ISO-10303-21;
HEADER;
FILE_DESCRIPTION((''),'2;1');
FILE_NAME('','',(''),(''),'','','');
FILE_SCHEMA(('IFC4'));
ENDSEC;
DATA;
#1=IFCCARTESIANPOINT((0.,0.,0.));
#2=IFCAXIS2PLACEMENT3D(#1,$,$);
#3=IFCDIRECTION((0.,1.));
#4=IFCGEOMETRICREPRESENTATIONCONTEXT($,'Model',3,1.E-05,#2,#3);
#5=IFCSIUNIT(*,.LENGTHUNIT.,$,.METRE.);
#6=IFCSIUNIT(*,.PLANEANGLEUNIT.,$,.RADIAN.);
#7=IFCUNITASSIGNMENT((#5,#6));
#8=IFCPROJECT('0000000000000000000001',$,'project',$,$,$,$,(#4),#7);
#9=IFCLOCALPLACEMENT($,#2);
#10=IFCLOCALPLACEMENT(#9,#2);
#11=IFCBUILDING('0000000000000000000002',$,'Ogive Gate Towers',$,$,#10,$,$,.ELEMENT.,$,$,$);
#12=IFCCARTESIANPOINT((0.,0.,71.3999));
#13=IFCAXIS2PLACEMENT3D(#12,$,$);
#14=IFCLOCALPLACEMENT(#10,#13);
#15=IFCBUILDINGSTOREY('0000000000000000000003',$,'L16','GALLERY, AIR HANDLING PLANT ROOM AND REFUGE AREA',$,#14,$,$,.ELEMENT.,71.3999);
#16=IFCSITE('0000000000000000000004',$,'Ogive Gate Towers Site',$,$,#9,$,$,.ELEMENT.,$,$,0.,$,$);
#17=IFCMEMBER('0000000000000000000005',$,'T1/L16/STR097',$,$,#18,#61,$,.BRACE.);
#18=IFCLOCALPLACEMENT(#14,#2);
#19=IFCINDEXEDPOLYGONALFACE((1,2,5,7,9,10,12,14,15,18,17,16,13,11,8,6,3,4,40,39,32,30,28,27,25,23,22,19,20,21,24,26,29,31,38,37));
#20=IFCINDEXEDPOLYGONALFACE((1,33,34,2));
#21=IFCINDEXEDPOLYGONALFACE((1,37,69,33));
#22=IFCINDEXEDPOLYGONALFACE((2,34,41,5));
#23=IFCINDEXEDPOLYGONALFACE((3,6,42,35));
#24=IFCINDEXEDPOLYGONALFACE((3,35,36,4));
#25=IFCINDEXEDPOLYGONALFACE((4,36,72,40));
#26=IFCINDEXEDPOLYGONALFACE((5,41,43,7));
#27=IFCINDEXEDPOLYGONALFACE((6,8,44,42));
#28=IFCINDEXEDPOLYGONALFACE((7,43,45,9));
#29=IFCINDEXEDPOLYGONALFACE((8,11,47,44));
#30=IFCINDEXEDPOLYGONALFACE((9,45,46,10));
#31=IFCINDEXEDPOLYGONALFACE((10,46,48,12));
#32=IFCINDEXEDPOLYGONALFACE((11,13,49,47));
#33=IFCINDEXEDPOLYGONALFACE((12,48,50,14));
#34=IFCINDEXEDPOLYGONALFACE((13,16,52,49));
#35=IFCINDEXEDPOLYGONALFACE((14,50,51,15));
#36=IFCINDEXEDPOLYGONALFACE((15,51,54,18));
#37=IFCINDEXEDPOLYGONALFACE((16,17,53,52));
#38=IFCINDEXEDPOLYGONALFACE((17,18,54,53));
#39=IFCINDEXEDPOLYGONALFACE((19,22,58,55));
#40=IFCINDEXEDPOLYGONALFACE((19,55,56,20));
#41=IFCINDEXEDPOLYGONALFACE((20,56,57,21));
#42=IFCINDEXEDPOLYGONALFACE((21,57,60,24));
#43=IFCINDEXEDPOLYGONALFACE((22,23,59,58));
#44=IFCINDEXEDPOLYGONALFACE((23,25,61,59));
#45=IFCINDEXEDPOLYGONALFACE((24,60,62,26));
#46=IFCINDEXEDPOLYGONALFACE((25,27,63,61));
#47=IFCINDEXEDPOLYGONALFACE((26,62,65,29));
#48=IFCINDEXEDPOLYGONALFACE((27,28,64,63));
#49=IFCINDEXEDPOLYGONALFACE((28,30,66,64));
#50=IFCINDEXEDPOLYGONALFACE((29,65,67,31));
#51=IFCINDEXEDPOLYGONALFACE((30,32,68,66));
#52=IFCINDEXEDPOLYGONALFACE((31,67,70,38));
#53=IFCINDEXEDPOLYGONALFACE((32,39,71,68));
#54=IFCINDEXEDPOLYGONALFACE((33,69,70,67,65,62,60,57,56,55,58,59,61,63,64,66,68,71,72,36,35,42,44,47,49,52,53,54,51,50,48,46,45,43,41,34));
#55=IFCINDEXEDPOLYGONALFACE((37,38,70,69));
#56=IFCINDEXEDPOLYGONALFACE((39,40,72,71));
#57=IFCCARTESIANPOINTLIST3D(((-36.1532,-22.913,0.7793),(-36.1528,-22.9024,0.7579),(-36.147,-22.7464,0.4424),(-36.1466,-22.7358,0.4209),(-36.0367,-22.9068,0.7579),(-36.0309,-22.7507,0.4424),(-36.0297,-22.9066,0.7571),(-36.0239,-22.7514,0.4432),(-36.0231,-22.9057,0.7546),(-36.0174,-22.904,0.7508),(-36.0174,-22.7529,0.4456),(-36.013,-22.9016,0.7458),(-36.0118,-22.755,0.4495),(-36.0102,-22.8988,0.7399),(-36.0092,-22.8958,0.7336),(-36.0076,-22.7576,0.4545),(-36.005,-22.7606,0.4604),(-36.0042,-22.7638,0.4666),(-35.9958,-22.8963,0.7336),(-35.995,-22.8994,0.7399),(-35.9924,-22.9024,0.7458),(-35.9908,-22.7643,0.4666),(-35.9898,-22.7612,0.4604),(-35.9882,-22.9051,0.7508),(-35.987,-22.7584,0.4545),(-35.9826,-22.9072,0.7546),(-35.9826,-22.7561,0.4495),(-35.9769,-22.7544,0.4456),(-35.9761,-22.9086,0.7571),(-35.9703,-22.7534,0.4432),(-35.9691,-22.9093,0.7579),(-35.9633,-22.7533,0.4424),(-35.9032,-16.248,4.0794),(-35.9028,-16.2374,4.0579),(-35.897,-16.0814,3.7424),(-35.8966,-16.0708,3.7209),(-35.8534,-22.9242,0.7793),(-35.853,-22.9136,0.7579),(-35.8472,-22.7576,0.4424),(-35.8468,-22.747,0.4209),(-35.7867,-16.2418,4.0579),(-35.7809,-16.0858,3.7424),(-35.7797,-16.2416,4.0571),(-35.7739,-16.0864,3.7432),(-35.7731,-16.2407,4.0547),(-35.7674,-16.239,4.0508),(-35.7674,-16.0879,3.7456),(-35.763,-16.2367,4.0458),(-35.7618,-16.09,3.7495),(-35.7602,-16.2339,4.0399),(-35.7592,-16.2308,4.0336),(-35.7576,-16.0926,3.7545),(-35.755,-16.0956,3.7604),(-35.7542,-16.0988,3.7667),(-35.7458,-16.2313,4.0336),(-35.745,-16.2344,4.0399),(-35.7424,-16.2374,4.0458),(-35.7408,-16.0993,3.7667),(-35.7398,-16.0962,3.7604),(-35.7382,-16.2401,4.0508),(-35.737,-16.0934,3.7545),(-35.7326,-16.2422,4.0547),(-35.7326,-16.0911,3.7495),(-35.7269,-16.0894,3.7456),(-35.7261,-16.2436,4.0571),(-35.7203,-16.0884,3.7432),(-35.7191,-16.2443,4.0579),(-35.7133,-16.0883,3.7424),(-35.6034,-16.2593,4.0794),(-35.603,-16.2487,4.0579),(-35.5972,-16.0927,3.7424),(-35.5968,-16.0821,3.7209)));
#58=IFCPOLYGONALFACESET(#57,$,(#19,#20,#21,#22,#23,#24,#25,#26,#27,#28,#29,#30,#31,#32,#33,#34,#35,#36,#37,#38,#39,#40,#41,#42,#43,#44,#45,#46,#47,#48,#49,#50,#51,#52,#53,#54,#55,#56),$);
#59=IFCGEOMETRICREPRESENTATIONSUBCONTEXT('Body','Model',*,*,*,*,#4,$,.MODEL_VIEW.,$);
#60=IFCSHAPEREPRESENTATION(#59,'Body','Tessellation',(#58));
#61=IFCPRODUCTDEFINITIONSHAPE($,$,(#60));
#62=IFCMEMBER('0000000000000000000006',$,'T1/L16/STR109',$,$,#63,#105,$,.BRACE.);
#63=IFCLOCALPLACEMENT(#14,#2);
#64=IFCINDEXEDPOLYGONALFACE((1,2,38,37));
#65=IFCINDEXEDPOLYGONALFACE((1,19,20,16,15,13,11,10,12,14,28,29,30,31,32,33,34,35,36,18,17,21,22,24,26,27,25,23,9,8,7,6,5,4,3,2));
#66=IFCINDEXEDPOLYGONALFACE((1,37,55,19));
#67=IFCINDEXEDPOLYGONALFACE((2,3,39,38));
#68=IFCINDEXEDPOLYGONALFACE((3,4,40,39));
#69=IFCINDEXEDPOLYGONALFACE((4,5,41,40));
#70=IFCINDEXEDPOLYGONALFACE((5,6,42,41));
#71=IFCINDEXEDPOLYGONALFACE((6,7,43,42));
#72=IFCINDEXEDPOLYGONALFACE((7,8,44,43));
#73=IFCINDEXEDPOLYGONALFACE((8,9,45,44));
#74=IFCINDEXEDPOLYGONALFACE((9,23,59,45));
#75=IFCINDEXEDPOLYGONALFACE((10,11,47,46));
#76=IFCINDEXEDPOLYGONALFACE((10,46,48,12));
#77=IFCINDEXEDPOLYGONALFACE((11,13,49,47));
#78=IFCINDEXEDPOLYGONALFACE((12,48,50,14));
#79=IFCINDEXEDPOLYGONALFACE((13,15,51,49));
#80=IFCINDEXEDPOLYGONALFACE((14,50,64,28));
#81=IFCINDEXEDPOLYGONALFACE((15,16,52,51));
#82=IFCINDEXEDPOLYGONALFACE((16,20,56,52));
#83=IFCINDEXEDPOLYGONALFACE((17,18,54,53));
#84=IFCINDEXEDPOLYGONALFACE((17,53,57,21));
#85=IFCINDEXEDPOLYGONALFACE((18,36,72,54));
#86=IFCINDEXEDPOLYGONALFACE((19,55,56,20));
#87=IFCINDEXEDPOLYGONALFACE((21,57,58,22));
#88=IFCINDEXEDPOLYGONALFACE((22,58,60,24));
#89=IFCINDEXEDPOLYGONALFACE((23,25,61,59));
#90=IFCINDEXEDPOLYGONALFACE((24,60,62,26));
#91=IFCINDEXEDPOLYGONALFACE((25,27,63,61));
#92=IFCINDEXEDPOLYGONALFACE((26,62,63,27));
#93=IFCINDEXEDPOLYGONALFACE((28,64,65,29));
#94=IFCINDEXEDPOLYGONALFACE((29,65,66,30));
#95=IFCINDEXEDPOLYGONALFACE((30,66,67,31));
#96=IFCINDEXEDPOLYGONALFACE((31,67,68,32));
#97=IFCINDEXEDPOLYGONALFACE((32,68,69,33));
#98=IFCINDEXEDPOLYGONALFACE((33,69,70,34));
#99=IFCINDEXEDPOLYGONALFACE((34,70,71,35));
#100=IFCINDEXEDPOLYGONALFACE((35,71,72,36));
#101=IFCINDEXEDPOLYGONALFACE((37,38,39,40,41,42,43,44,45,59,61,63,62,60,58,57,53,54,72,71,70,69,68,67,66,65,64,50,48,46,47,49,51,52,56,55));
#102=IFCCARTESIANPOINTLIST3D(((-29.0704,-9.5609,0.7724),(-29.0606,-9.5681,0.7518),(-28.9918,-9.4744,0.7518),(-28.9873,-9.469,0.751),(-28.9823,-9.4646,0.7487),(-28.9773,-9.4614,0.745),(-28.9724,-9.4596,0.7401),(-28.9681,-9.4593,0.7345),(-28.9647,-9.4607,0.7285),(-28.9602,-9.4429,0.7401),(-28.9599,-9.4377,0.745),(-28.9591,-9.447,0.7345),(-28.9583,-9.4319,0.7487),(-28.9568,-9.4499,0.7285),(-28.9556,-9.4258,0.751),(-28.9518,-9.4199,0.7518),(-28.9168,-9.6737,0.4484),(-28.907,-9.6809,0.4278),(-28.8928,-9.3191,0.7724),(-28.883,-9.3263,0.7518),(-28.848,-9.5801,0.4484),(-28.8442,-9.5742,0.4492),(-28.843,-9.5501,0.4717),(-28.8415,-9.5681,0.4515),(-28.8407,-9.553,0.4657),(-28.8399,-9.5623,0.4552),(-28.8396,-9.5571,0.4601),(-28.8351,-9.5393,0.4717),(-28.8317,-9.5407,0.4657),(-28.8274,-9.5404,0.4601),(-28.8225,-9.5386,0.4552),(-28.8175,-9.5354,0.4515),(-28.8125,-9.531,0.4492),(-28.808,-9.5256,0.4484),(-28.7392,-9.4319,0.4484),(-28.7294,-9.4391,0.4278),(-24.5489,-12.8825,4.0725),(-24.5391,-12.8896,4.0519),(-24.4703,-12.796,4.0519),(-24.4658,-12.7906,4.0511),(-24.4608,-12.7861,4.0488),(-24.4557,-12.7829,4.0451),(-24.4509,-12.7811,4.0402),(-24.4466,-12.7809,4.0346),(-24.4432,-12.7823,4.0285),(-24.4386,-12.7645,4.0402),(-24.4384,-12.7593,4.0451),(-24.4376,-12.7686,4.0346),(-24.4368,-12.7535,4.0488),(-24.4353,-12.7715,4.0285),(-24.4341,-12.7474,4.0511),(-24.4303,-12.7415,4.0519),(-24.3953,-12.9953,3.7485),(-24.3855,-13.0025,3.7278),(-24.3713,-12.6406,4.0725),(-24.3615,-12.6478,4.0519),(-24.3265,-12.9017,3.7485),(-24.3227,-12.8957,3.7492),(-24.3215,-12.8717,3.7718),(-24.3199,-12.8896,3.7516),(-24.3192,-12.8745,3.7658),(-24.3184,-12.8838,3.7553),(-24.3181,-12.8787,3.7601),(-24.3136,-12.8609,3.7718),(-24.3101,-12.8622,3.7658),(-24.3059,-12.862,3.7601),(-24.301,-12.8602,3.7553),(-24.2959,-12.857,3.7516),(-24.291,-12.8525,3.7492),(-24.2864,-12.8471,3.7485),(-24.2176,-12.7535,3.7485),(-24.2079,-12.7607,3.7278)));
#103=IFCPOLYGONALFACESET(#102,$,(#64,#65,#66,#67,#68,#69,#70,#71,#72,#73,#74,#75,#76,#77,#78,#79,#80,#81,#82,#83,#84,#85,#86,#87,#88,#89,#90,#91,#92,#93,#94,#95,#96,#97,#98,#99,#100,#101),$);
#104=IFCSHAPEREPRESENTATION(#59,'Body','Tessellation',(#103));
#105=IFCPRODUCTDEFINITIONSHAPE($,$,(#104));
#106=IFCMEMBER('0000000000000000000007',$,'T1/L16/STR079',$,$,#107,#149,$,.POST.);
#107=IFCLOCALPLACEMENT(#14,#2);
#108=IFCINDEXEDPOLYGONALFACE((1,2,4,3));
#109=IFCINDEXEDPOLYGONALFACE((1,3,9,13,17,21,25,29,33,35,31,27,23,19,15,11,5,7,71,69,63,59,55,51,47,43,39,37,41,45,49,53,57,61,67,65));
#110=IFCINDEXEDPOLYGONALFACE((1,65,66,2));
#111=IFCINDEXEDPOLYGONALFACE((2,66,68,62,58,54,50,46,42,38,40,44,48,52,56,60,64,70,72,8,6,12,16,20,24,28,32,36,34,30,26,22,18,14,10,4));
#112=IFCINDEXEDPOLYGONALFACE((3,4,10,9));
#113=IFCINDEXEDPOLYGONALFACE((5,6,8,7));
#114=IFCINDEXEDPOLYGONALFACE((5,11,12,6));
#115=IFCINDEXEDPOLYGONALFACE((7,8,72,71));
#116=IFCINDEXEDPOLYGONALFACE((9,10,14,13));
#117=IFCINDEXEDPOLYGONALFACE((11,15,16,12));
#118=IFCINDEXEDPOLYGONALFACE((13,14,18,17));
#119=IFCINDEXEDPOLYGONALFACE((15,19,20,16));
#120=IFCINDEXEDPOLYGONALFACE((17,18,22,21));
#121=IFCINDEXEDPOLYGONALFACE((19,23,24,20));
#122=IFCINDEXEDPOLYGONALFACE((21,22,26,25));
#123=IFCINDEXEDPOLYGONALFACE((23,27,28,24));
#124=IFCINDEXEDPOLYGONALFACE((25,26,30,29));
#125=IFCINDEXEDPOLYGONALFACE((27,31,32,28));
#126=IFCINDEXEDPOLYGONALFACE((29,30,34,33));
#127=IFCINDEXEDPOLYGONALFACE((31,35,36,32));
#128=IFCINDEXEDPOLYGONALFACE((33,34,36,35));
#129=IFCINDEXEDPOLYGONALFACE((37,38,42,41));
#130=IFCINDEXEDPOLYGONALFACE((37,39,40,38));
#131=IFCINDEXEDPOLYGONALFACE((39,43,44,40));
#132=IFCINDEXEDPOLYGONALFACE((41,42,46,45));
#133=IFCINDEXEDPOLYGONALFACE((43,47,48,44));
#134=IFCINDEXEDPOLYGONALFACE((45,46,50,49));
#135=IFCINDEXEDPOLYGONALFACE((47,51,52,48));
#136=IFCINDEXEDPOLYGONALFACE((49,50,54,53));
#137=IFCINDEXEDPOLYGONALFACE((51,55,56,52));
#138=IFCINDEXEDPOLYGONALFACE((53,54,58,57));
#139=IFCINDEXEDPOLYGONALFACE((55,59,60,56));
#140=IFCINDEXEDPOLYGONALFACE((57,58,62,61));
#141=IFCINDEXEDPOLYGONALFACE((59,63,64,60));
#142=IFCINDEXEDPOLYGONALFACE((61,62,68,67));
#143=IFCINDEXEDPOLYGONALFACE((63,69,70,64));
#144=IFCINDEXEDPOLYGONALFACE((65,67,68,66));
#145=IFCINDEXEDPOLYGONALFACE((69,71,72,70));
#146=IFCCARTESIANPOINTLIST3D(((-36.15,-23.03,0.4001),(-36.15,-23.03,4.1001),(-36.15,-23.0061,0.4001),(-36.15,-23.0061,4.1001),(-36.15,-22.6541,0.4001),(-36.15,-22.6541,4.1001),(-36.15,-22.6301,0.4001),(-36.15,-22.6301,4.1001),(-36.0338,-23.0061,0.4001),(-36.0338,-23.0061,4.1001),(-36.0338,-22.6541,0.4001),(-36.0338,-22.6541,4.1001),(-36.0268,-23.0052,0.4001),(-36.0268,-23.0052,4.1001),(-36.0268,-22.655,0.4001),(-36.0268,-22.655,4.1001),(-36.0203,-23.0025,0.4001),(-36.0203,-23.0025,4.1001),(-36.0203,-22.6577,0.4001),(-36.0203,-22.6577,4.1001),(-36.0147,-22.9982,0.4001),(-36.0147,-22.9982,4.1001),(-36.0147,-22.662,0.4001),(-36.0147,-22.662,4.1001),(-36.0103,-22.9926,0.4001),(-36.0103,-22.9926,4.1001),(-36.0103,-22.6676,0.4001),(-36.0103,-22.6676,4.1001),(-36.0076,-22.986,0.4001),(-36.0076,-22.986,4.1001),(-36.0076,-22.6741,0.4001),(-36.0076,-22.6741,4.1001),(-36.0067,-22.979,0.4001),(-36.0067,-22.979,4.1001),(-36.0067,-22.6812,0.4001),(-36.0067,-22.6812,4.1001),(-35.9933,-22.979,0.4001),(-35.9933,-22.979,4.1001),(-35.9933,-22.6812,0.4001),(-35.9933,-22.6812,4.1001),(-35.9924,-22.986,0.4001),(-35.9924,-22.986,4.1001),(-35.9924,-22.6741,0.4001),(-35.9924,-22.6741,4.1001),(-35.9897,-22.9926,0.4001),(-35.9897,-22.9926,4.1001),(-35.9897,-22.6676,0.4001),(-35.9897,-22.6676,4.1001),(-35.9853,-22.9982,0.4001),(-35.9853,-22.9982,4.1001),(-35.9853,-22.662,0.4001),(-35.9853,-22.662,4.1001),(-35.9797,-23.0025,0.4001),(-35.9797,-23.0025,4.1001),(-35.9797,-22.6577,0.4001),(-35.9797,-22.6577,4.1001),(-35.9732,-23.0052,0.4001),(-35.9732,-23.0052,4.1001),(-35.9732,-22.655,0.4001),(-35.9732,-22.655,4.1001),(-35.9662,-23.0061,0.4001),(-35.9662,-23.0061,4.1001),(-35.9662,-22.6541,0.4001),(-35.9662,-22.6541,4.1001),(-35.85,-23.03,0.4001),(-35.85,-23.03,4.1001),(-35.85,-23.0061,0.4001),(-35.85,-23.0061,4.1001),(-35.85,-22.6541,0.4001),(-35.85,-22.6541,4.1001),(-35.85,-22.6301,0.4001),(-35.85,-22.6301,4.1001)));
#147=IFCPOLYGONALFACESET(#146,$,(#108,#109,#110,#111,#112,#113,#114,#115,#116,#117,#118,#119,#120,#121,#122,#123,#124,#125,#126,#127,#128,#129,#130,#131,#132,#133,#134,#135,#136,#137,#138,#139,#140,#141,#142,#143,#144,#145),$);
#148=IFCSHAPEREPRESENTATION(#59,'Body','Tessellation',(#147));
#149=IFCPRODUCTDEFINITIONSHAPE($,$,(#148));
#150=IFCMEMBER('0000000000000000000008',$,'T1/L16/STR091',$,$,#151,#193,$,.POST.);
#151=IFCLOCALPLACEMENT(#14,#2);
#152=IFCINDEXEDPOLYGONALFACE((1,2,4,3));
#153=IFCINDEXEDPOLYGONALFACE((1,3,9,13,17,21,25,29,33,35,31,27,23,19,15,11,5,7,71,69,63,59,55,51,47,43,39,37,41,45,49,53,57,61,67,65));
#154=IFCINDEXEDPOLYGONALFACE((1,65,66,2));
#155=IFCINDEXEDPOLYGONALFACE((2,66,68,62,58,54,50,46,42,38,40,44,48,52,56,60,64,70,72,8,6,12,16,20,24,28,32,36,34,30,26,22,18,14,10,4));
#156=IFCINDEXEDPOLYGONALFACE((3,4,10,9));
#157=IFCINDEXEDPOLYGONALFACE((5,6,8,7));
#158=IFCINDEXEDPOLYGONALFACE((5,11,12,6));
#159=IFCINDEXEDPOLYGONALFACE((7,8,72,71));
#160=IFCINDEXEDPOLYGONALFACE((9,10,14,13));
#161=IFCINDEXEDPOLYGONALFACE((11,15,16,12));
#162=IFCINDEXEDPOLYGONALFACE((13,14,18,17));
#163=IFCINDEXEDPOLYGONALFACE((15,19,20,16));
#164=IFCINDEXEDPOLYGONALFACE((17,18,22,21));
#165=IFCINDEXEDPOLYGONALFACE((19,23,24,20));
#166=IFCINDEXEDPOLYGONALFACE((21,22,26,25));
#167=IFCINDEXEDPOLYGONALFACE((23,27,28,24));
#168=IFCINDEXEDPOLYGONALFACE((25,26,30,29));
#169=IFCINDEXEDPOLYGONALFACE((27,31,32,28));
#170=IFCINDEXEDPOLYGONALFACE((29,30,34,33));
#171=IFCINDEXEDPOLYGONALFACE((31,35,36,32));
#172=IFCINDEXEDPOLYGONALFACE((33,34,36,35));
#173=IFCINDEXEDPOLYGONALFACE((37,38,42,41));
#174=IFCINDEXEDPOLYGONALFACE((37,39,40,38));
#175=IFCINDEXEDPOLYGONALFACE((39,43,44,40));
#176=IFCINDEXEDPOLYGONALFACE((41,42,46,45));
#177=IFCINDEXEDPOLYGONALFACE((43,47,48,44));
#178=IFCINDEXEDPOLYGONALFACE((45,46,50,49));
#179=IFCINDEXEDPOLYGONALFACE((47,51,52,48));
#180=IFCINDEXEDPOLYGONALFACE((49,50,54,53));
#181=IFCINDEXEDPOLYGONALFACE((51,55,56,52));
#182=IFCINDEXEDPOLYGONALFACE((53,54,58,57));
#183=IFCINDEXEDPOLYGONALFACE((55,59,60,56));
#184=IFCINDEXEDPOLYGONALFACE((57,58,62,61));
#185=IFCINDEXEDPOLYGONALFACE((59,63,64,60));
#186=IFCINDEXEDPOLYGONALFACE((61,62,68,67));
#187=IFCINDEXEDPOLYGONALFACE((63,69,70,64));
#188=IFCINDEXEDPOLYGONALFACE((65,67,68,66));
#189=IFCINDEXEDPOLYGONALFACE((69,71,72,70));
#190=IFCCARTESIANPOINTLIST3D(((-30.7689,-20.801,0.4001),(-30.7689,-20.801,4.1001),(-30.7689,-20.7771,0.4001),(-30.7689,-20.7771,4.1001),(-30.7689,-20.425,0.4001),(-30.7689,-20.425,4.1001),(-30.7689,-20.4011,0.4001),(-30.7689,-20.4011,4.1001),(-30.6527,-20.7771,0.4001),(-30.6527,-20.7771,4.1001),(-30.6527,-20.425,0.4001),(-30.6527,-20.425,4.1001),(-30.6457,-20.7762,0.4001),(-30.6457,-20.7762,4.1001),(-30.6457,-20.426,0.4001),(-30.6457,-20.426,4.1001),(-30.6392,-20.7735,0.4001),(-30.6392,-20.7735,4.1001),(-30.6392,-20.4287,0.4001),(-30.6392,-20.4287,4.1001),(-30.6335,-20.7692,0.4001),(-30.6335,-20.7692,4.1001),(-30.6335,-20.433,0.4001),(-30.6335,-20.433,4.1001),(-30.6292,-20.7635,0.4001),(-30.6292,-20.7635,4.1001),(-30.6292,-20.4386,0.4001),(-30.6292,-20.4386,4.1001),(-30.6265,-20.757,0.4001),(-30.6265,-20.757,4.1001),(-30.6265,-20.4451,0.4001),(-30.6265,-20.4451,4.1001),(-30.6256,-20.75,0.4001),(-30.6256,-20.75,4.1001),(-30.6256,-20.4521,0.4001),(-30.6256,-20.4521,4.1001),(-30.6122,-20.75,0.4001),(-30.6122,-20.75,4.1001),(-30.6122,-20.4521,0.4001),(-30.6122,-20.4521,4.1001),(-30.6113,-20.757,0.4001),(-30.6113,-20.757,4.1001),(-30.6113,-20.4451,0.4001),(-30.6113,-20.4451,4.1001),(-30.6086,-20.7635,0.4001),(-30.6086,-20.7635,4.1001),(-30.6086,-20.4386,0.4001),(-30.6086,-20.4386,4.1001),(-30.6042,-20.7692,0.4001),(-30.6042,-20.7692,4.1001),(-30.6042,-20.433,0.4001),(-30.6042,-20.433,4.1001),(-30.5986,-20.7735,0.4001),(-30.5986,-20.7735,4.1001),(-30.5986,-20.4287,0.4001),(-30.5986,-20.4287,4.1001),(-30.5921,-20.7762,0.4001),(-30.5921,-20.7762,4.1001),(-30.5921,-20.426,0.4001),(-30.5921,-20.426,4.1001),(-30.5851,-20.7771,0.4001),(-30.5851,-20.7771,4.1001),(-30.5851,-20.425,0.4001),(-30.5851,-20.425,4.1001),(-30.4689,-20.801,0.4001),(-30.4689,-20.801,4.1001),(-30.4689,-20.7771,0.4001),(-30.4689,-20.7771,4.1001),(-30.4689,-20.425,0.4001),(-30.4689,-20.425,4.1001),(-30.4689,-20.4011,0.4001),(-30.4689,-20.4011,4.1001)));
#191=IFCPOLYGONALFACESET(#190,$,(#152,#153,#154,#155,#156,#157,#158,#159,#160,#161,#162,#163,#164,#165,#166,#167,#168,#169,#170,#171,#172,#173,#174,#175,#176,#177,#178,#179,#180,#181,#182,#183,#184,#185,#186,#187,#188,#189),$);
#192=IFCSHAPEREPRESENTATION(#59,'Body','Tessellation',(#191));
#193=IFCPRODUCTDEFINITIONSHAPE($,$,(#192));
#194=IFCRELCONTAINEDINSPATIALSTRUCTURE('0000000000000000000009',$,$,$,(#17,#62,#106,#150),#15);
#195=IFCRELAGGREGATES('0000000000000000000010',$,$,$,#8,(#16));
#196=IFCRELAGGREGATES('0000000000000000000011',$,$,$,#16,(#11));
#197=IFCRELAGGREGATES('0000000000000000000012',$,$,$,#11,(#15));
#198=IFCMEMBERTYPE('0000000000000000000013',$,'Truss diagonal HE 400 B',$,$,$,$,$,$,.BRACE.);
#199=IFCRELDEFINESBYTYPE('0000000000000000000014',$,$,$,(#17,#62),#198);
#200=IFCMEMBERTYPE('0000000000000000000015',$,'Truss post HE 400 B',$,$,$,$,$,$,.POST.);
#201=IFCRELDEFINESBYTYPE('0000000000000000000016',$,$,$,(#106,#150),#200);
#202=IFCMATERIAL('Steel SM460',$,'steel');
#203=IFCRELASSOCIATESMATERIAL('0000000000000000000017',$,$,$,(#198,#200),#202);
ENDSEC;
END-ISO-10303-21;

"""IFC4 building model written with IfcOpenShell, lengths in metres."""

from ifc_helpers import new_model, si_unit, direction, frame, origin, origin_2d, place, context, subcontext, project, spatial, i_section, extrude, material, material_profile, profile_set, type_object, element, save


model = new_model("IFC4")

# Units and contexts
model_context = context("Model", 3, precision=1e-05, world=origin(), true_north=direction((0.0, 1.0)))
body_context = subcontext(model_context, "Body", "Model", "MODEL_VIEW")
ifc_project = project(units=[si_unit("LENGTHUNIT", "METRE"), si_unit("PLANEANGLEUNIT", "RADIAN")], contexts=[model_context])

# Site, building, storey
site_placement = place(None, origin())
site = spatial("IfcSite", under=ifc_project, at=site_placement, Name="Ogive Gate Towers Site", CompositionType="ELEMENT", RefElevation=0.0)
building_placement = place(site_placement, origin())
building = spatial("IfcBuilding", under=site, at=building_placement, Name="Ogive Gate Towers", CompositionType="ELEMENT")
storey_placement = place(building_placement, frame((0.0, 0.0, 71.3999)))
storey = spatial("IfcBuildingStorey", under=building, at=storey_placement, Name="L16", Description="GALLERY, AIR HANDLING PLANT ROOM AND REFUGE AREA", CompositionType="ELEMENT", Elevation=71.3999)

# Shared definitions
ifc_material_1 = material(Name="Steel SM460", Category="steel")

# Members
ifc_material_profile_1 = material_profile(ifc_material_1, i_section(OverallWidth=0.3, OverallDepth=0.3999, WebThickness=0.0134, FlangeThickness=0.0239, FilletRadius=0.0271, at=origin_2d()), Name="HE 400 B")
ifc_profile_set_1 = profile_set([ifc_material_profile_1], Name="Steel SM460")
member_type_1 = type_object("IfcMemberType", Name="Truss diagonal HE 400 B", PredefinedType="BRACE", material=ifc_profile_set_1)
for number, where, z_axis, x_axis, name in (
    (1, (-35.75, -16.165, 3.9001), (-0.033595, -0.895661, -0.443467), (0.999297, -0.037483, 0.0), "T1/L16/STR097"),
):
    element("IfcMember", number, at=place(storey_placement, frame(where, z_axis=z_axis, x_axis=x_axis)), inside=storey, type_object=member_type_1, Name=name, PredefinedType="BRACE", context=body_context, shape_type="SweptSolid", body=[
        extrude(i_section(OverallWidth=0.3, OverallDepth=0.3999, WebThickness=0.0134, FlangeThickness=0.0239, FilletRadius=0.0271, at=origin_2d()), origin(), (0.0, 0.0, 1.0), 7.4414),
    ])
member_placement = place(storey_placement, frame((-28.8999, -9.5, 0.6001), z_axis=(0.694654, -0.510301, 0.507), x_axis=(0.592033, 0.805914, 0.0)))
element("IfcMember", 2, at=member_placement, inside=storey, type_object=member_type_1, Name="T1/L16/STR109", PredefinedType="BRACE", context=body_context, shape_type="SweptSolid", body=[
    extrude(i_section(OverallWidth=0.3, OverallDepth=0.3999, WebThickness=0.0134, FlangeThickness=0.0239, FilletRadius=0.0271, at=origin_2d()), origin(), (0.0, 0.0, 1.0), 6.509),
])
ifc_material_profile_2 = material_profile(ifc_material_1, i_section(OverallWidth=0.3, OverallDepth=0.3999, WebThickness=0.0134, FlangeThickness=0.0239, FilletRadius=0.0271, at=origin_2d()), Name="HE 400 B")
ifc_profile_set_2 = profile_set([ifc_material_profile_2], Name="Steel SM460")
member_type_2 = type_object("IfcMemberType", Name="Truss post HE 400 B", PredefinedType="POST", material=ifc_profile_set_2)
for number, where, z_axis, x_axis, name in (
    (3, (-36.0, -22.8301, 0.4001), (0.0, 0.0, 1.0), (1.0, 0.0, 0.0), "T1/L16/STR079"),
    (4, (-30.6189, -20.6011, 0.4001), (0.0, 0.0, 1.0), (1.0, 0.0, 0.0), "T1/L16/STR091"),
):
    element("IfcMember", number, at=place(storey_placement, frame(where, z_axis=z_axis, x_axis=x_axis)), inside=storey, type_object=member_type_2, Name=name, PredefinedType="POST", context=body_context, shape_type="SweptSolid", body=[
        extrude(i_section(OverallWidth=0.3, OverallDepth=0.3999, WebThickness=0.0134, FlangeThickness=0.0239, FilletRadius=0.0271, at=origin_2d()), origin(), (0.0, 0.0, 1.0), 3.7),
    ])

save(model, "model.ifc")
